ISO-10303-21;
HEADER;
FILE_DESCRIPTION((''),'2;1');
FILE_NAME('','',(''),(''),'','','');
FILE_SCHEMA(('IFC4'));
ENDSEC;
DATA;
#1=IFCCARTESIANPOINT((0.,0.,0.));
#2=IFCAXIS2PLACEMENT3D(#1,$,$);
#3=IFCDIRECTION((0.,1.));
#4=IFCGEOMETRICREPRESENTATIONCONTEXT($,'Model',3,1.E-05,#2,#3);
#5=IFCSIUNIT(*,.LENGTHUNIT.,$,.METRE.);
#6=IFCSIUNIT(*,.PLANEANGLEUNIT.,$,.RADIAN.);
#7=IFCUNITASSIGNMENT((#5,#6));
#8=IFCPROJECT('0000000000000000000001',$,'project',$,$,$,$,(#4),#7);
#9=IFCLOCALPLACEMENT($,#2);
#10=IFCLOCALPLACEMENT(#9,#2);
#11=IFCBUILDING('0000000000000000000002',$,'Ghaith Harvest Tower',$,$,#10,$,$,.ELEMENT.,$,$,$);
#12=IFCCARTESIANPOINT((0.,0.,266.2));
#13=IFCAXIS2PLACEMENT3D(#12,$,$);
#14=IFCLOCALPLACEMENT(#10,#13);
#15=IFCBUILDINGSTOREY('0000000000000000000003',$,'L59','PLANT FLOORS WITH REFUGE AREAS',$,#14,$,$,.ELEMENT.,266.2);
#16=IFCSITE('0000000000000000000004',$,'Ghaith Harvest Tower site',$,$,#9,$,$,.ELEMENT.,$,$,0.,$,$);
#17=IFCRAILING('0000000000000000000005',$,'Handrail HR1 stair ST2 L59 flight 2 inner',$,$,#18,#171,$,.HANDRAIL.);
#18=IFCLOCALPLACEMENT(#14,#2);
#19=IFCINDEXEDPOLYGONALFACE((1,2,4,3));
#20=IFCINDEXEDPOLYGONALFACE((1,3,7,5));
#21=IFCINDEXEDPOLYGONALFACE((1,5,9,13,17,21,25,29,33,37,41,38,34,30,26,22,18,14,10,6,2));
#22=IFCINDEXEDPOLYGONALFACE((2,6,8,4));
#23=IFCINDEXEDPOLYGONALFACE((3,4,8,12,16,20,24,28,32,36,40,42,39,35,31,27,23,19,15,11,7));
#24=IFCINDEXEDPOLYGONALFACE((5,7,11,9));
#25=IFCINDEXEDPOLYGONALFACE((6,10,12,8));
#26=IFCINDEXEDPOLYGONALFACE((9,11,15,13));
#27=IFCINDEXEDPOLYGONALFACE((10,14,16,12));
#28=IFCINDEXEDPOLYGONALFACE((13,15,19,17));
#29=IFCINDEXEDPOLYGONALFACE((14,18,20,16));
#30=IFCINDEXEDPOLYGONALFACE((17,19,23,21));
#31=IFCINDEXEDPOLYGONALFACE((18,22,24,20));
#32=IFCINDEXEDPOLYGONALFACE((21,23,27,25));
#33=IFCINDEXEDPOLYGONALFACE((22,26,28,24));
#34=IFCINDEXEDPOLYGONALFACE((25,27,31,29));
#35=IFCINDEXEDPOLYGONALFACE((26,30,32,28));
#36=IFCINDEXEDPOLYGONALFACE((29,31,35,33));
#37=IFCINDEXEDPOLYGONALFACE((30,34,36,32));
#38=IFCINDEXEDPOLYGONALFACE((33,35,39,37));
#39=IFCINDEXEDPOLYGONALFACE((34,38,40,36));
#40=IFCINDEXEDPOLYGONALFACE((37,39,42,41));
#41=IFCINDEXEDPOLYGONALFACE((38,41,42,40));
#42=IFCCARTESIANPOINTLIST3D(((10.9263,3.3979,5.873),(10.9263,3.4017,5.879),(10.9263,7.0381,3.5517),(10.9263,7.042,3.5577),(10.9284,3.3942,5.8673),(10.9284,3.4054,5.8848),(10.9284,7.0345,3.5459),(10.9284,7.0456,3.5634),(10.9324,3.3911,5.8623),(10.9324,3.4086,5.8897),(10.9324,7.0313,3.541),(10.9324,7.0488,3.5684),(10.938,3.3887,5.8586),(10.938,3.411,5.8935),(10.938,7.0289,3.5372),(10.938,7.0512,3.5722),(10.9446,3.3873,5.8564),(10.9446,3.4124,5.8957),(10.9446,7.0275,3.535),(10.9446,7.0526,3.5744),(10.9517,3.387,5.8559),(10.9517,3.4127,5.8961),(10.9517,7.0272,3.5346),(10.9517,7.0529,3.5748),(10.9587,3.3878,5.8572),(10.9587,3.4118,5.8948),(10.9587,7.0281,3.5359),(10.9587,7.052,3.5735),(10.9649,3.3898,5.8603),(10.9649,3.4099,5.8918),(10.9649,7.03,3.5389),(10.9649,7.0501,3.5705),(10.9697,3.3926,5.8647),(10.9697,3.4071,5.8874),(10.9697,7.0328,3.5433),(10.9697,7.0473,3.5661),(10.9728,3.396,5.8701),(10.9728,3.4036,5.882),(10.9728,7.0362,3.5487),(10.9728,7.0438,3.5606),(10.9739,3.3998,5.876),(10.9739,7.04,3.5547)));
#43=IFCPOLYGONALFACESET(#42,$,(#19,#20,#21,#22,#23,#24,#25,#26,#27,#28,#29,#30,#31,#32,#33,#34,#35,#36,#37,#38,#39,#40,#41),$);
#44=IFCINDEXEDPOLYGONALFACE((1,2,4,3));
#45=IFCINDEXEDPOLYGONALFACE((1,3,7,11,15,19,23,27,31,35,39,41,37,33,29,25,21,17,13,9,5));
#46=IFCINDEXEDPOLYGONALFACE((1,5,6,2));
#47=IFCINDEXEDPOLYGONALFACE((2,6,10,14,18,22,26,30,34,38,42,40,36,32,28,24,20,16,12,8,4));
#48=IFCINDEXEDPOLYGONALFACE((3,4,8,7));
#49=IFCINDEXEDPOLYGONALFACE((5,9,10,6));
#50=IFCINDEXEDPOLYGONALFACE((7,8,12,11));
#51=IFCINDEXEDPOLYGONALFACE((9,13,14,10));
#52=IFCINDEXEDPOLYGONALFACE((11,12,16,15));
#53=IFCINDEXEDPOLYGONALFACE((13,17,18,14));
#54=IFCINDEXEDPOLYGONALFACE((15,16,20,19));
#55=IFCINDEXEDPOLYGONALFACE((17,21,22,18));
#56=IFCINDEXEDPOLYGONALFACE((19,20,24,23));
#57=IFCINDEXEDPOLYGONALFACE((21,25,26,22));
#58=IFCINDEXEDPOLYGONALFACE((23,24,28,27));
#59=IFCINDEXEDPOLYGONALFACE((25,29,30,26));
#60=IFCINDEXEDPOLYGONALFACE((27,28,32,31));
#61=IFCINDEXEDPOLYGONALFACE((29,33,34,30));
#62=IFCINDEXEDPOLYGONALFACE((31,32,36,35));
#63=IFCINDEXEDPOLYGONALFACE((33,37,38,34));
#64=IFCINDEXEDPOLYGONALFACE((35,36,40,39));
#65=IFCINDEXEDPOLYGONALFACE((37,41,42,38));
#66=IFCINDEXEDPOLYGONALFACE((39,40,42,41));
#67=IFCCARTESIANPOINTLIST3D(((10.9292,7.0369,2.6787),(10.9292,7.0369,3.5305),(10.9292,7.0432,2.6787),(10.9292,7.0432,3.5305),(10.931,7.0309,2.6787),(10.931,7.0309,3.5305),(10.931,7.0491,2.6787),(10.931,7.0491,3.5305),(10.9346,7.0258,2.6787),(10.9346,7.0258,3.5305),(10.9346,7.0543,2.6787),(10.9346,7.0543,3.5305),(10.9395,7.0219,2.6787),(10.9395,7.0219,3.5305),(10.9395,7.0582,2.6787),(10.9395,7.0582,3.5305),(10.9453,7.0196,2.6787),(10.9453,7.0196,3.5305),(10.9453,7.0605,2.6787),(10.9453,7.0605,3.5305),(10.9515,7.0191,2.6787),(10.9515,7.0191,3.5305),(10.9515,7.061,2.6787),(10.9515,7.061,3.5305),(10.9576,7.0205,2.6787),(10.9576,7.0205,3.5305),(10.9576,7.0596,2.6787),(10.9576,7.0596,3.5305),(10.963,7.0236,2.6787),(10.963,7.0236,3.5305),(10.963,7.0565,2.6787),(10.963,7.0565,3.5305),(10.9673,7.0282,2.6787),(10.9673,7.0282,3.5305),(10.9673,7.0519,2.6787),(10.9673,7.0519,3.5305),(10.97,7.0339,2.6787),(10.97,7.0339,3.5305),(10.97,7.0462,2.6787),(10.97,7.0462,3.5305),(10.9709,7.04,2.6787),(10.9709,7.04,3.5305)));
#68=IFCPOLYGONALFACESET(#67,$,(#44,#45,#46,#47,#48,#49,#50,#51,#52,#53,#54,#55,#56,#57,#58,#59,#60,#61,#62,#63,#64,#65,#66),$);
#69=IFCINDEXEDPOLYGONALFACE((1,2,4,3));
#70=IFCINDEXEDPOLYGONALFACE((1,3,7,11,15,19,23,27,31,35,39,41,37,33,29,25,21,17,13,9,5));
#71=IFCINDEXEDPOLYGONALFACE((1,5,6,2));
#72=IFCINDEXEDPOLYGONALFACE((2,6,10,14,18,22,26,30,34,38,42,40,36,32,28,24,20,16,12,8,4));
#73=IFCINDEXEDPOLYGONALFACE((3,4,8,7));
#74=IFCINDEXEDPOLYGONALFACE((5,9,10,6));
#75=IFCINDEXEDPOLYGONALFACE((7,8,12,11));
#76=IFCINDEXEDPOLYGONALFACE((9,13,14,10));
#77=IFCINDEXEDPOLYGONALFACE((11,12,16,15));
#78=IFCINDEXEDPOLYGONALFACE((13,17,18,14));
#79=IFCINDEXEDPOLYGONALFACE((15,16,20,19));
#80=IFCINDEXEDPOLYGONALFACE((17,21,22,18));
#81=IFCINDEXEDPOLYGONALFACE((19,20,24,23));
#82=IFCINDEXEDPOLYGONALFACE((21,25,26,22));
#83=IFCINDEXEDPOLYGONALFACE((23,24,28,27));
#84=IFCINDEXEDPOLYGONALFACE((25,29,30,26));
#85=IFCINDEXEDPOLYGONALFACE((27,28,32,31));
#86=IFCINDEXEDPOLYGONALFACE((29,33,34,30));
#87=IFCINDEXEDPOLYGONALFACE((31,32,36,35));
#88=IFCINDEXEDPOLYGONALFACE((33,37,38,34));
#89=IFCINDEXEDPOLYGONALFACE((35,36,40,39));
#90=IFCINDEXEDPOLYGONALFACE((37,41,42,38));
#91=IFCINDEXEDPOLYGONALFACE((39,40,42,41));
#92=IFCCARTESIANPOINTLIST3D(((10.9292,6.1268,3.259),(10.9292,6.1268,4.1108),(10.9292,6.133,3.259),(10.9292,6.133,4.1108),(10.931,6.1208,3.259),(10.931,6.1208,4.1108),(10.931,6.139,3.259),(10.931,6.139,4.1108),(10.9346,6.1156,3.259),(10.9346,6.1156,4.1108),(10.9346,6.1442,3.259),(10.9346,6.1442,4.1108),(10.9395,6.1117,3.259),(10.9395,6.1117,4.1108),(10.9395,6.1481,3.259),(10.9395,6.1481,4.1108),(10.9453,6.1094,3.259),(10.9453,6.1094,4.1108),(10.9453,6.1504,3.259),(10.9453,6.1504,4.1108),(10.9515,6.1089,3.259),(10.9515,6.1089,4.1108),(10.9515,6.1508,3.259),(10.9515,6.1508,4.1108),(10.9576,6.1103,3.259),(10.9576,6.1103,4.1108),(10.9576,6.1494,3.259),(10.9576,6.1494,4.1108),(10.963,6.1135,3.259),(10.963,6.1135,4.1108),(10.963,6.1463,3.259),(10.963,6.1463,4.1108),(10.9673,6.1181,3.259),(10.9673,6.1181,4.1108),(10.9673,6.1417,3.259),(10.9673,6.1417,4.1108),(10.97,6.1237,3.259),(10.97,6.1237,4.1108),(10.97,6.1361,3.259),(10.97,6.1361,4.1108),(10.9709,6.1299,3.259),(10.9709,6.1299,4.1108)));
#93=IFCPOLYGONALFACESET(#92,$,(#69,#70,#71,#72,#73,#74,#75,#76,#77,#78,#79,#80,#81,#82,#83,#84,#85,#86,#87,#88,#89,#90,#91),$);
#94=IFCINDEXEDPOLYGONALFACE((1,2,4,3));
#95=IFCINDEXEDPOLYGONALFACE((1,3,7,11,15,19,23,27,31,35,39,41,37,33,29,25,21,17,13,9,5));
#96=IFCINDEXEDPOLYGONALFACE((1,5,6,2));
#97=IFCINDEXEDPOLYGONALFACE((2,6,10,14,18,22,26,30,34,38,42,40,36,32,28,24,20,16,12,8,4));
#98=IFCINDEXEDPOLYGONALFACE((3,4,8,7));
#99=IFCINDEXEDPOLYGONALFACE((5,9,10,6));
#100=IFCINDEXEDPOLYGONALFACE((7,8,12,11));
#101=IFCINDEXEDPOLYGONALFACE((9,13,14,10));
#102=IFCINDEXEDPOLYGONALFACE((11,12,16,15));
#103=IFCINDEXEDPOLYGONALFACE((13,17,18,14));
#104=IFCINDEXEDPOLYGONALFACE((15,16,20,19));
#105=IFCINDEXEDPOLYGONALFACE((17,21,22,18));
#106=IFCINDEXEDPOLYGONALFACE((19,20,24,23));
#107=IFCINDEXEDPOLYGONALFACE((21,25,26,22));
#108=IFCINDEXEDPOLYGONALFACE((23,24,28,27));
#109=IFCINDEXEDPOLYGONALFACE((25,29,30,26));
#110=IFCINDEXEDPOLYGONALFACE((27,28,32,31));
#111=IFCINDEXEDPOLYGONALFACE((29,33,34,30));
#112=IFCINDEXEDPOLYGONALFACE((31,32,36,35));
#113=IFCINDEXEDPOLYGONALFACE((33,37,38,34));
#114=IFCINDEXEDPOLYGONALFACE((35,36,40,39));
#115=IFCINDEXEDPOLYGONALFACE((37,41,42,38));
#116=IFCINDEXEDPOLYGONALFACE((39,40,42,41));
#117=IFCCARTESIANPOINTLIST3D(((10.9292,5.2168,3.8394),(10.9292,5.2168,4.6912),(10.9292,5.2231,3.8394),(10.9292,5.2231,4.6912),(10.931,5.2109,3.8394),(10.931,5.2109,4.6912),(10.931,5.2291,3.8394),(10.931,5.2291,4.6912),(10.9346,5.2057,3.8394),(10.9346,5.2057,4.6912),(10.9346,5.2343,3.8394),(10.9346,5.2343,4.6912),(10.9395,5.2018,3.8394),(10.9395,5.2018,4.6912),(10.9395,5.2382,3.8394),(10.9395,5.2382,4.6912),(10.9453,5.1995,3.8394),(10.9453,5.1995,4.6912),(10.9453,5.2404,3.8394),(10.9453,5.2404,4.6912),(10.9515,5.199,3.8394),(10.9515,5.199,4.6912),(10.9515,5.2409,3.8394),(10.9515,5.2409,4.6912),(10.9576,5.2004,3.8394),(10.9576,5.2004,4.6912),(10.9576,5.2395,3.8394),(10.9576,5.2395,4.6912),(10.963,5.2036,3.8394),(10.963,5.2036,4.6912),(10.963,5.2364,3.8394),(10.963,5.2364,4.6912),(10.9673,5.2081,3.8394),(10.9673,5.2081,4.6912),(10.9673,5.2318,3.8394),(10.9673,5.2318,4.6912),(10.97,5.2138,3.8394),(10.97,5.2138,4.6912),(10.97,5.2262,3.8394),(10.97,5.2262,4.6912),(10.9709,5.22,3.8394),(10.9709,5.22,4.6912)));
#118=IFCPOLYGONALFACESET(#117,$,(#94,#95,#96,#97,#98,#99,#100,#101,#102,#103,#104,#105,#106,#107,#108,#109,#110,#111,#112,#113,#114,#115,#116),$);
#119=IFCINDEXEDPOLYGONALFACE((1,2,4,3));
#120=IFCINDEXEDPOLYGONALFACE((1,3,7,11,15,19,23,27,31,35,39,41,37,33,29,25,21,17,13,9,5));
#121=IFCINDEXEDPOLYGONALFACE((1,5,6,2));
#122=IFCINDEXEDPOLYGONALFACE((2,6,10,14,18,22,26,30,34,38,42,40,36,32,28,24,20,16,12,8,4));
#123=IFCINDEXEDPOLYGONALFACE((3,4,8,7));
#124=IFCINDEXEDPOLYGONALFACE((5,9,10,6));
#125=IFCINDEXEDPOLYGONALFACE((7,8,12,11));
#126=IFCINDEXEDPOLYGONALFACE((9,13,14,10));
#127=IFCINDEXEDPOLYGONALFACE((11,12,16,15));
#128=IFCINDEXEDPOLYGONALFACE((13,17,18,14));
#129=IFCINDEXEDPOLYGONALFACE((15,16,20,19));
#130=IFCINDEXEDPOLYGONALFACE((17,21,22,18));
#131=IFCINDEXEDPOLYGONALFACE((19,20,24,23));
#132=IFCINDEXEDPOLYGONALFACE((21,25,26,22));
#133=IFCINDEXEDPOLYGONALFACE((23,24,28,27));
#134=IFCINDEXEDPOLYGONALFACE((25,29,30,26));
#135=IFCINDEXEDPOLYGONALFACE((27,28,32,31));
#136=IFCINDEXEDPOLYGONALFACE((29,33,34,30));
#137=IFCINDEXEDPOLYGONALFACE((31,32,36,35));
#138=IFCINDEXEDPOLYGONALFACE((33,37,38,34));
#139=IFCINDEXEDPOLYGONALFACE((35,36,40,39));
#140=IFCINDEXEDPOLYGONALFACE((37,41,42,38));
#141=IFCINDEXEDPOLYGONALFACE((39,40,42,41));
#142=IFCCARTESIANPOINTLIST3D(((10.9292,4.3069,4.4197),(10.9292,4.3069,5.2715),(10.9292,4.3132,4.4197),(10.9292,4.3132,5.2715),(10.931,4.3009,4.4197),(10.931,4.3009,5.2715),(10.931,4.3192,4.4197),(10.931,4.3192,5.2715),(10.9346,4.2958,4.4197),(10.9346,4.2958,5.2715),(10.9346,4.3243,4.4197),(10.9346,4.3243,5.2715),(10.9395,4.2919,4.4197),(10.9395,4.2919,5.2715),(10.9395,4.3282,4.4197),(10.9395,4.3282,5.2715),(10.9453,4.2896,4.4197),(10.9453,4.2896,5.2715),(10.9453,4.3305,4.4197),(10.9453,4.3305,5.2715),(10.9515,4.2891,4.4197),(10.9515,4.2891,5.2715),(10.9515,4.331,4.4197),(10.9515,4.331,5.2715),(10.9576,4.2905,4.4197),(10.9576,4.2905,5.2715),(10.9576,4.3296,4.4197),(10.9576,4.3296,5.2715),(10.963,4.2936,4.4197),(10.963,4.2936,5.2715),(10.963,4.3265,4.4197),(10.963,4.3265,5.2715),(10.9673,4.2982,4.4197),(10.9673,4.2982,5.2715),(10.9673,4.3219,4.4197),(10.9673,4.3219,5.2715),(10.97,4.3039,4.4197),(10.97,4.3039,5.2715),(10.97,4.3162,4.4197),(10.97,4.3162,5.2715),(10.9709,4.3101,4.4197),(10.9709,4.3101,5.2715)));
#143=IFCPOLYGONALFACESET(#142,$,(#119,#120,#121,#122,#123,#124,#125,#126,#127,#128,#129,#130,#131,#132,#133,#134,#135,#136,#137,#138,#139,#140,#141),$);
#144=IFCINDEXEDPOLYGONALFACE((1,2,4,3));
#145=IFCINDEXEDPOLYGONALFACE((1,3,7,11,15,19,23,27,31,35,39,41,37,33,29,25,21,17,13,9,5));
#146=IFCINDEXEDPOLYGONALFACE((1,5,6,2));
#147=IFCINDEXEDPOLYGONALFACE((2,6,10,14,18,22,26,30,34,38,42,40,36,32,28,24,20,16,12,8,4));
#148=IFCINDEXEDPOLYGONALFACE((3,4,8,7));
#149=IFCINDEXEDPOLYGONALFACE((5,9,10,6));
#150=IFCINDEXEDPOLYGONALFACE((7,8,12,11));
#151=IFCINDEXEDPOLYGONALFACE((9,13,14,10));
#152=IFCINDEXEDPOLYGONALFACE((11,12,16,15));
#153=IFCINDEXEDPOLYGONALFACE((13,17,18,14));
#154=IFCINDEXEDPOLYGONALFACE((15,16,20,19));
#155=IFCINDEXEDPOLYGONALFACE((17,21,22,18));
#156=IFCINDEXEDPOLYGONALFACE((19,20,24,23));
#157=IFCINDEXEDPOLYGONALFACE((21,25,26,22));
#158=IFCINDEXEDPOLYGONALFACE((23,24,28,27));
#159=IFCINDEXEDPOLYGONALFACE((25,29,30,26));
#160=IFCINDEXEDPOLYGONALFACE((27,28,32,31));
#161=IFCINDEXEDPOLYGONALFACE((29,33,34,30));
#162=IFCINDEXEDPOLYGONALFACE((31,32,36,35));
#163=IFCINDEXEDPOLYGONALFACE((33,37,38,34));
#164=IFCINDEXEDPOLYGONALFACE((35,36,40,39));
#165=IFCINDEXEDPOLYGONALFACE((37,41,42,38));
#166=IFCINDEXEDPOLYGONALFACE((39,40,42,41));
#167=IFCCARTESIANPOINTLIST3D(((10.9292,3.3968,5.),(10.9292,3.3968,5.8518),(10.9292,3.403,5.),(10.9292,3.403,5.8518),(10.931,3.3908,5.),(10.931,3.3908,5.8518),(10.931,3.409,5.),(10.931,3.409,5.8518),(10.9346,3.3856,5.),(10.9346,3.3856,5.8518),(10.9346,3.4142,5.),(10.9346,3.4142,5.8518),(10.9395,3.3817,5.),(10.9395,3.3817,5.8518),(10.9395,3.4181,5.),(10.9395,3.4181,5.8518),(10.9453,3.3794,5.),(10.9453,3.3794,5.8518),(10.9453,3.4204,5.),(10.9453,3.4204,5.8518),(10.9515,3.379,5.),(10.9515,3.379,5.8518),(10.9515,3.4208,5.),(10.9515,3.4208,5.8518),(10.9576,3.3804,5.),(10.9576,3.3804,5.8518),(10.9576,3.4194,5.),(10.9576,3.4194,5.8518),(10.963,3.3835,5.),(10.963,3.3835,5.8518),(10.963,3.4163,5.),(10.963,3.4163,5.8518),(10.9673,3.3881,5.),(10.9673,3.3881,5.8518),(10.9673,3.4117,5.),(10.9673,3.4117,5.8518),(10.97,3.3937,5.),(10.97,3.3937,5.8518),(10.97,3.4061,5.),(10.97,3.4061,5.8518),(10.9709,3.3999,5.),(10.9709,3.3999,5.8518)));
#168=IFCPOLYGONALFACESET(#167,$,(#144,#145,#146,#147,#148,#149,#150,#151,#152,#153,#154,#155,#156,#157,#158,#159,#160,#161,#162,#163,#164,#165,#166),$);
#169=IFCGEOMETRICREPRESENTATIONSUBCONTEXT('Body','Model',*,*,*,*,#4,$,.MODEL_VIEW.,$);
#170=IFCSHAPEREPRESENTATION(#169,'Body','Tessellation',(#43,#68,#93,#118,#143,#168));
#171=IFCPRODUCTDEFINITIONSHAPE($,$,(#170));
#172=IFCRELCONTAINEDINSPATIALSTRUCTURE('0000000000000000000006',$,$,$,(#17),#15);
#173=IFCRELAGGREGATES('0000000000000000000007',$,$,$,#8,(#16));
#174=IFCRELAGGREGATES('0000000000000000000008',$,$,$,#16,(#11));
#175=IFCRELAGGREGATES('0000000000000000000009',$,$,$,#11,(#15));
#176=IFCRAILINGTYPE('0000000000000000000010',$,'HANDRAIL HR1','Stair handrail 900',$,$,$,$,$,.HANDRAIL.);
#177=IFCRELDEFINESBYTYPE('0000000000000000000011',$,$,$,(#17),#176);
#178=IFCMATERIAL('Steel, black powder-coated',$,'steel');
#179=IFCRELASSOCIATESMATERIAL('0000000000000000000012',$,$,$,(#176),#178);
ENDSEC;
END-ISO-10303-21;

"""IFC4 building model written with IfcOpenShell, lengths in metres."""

from ifc_helpers import new_model, si_unit, direction, frame, origin, origin_2d, place, context, subcontext, project, spatial, circle, extrude, material, type_object, element, save


model = new_model("IFC4")

# Units and contexts
model_context = context("Model", 3, precision=1e-05, world=origin(), true_north=direction((0.0, 1.0)))
body_context = subcontext(model_context, "Body", "Model", "MODEL_VIEW")
ifc_project = project(units=[si_unit("LENGTHUNIT", "METRE"), si_unit("PLANEANGLEUNIT", "RADIAN")], contexts=[model_context])

# Site, building, storey
site_placement = place(None, origin())
site = spatial("IfcSite", under=ifc_project, at=site_placement, Name="Ghaith Harvest Tower site", CompositionType="ELEMENT", RefElevation=0.0)
building_placement = place(site_placement, origin())
building = spatial("IfcBuilding", under=site, at=building_placement, Name="Ghaith Harvest Tower", CompositionType="ELEMENT")
storey_placement = place(building_placement, frame((0.0, 0.0, 266.2)))
storey = spatial("IfcBuildingStorey", under=building, at=storey_placement, Name="L59", Description="PLANT FLOORS WITH REFUGE AREAS", CompositionType="ELEMENT", Elevation=266.2)

# Railing
ifc_material_1 = material(Name="Steel, black powder-coated", Category="steel")
railing_type = type_object("IfcRailingType", Name="HANDRAIL HR1", Description="Stair handrail 900", PredefinedType="HANDRAIL", material=ifc_material_1)
railing_1_placement = place(storey_placement, frame((10.95, 7.04, 2.6787)))
element("IfcRailing", 1, at=railing_1_placement, inside=storey, type_object=railing_type, Name="Handrail HR1 stair ST2 L59 flight 2 inner", PredefinedType="HANDRAIL", context=body_context, shape_type="SweptSolid", body=[
    extrude(circle(Radius=0.0239, at=origin_2d()), frame((0.0, 0.0, 0.876), z_axis=(0.0, -0.843153, 0.537673), x_axis=(1.0, 0.0, 0.0)), (0.0, 0.0, 1.0), 4.3174),
    extrude(circle(Radius=0.021, at=origin_2d()), origin(), (0.0, 0.0, 1.0), 0.8518),
    extrude(circle(Radius=0.021, at=origin_2d()), frame((0.0, -0.9102, 0.5803)), (0.0, 0.0, 1.0), 0.8518),
    extrude(circle(Radius=0.021, at=origin_2d()), frame((0.0, -1.8201, 1.1606)), (0.0, 0.0, 1.0), 0.8518),
    extrude(circle(Radius=0.021, at=origin_2d()), frame((0.0, -2.73, 1.741)), (0.0, 0.0, 1.0), 0.8518),
    extrude(circle(Radius=0.021, at=origin_2d()), frame((0.0, -3.6401, 2.3213)), (0.0, 0.0, 1.0), 0.8518),
])

save(model, "model.ifc")
